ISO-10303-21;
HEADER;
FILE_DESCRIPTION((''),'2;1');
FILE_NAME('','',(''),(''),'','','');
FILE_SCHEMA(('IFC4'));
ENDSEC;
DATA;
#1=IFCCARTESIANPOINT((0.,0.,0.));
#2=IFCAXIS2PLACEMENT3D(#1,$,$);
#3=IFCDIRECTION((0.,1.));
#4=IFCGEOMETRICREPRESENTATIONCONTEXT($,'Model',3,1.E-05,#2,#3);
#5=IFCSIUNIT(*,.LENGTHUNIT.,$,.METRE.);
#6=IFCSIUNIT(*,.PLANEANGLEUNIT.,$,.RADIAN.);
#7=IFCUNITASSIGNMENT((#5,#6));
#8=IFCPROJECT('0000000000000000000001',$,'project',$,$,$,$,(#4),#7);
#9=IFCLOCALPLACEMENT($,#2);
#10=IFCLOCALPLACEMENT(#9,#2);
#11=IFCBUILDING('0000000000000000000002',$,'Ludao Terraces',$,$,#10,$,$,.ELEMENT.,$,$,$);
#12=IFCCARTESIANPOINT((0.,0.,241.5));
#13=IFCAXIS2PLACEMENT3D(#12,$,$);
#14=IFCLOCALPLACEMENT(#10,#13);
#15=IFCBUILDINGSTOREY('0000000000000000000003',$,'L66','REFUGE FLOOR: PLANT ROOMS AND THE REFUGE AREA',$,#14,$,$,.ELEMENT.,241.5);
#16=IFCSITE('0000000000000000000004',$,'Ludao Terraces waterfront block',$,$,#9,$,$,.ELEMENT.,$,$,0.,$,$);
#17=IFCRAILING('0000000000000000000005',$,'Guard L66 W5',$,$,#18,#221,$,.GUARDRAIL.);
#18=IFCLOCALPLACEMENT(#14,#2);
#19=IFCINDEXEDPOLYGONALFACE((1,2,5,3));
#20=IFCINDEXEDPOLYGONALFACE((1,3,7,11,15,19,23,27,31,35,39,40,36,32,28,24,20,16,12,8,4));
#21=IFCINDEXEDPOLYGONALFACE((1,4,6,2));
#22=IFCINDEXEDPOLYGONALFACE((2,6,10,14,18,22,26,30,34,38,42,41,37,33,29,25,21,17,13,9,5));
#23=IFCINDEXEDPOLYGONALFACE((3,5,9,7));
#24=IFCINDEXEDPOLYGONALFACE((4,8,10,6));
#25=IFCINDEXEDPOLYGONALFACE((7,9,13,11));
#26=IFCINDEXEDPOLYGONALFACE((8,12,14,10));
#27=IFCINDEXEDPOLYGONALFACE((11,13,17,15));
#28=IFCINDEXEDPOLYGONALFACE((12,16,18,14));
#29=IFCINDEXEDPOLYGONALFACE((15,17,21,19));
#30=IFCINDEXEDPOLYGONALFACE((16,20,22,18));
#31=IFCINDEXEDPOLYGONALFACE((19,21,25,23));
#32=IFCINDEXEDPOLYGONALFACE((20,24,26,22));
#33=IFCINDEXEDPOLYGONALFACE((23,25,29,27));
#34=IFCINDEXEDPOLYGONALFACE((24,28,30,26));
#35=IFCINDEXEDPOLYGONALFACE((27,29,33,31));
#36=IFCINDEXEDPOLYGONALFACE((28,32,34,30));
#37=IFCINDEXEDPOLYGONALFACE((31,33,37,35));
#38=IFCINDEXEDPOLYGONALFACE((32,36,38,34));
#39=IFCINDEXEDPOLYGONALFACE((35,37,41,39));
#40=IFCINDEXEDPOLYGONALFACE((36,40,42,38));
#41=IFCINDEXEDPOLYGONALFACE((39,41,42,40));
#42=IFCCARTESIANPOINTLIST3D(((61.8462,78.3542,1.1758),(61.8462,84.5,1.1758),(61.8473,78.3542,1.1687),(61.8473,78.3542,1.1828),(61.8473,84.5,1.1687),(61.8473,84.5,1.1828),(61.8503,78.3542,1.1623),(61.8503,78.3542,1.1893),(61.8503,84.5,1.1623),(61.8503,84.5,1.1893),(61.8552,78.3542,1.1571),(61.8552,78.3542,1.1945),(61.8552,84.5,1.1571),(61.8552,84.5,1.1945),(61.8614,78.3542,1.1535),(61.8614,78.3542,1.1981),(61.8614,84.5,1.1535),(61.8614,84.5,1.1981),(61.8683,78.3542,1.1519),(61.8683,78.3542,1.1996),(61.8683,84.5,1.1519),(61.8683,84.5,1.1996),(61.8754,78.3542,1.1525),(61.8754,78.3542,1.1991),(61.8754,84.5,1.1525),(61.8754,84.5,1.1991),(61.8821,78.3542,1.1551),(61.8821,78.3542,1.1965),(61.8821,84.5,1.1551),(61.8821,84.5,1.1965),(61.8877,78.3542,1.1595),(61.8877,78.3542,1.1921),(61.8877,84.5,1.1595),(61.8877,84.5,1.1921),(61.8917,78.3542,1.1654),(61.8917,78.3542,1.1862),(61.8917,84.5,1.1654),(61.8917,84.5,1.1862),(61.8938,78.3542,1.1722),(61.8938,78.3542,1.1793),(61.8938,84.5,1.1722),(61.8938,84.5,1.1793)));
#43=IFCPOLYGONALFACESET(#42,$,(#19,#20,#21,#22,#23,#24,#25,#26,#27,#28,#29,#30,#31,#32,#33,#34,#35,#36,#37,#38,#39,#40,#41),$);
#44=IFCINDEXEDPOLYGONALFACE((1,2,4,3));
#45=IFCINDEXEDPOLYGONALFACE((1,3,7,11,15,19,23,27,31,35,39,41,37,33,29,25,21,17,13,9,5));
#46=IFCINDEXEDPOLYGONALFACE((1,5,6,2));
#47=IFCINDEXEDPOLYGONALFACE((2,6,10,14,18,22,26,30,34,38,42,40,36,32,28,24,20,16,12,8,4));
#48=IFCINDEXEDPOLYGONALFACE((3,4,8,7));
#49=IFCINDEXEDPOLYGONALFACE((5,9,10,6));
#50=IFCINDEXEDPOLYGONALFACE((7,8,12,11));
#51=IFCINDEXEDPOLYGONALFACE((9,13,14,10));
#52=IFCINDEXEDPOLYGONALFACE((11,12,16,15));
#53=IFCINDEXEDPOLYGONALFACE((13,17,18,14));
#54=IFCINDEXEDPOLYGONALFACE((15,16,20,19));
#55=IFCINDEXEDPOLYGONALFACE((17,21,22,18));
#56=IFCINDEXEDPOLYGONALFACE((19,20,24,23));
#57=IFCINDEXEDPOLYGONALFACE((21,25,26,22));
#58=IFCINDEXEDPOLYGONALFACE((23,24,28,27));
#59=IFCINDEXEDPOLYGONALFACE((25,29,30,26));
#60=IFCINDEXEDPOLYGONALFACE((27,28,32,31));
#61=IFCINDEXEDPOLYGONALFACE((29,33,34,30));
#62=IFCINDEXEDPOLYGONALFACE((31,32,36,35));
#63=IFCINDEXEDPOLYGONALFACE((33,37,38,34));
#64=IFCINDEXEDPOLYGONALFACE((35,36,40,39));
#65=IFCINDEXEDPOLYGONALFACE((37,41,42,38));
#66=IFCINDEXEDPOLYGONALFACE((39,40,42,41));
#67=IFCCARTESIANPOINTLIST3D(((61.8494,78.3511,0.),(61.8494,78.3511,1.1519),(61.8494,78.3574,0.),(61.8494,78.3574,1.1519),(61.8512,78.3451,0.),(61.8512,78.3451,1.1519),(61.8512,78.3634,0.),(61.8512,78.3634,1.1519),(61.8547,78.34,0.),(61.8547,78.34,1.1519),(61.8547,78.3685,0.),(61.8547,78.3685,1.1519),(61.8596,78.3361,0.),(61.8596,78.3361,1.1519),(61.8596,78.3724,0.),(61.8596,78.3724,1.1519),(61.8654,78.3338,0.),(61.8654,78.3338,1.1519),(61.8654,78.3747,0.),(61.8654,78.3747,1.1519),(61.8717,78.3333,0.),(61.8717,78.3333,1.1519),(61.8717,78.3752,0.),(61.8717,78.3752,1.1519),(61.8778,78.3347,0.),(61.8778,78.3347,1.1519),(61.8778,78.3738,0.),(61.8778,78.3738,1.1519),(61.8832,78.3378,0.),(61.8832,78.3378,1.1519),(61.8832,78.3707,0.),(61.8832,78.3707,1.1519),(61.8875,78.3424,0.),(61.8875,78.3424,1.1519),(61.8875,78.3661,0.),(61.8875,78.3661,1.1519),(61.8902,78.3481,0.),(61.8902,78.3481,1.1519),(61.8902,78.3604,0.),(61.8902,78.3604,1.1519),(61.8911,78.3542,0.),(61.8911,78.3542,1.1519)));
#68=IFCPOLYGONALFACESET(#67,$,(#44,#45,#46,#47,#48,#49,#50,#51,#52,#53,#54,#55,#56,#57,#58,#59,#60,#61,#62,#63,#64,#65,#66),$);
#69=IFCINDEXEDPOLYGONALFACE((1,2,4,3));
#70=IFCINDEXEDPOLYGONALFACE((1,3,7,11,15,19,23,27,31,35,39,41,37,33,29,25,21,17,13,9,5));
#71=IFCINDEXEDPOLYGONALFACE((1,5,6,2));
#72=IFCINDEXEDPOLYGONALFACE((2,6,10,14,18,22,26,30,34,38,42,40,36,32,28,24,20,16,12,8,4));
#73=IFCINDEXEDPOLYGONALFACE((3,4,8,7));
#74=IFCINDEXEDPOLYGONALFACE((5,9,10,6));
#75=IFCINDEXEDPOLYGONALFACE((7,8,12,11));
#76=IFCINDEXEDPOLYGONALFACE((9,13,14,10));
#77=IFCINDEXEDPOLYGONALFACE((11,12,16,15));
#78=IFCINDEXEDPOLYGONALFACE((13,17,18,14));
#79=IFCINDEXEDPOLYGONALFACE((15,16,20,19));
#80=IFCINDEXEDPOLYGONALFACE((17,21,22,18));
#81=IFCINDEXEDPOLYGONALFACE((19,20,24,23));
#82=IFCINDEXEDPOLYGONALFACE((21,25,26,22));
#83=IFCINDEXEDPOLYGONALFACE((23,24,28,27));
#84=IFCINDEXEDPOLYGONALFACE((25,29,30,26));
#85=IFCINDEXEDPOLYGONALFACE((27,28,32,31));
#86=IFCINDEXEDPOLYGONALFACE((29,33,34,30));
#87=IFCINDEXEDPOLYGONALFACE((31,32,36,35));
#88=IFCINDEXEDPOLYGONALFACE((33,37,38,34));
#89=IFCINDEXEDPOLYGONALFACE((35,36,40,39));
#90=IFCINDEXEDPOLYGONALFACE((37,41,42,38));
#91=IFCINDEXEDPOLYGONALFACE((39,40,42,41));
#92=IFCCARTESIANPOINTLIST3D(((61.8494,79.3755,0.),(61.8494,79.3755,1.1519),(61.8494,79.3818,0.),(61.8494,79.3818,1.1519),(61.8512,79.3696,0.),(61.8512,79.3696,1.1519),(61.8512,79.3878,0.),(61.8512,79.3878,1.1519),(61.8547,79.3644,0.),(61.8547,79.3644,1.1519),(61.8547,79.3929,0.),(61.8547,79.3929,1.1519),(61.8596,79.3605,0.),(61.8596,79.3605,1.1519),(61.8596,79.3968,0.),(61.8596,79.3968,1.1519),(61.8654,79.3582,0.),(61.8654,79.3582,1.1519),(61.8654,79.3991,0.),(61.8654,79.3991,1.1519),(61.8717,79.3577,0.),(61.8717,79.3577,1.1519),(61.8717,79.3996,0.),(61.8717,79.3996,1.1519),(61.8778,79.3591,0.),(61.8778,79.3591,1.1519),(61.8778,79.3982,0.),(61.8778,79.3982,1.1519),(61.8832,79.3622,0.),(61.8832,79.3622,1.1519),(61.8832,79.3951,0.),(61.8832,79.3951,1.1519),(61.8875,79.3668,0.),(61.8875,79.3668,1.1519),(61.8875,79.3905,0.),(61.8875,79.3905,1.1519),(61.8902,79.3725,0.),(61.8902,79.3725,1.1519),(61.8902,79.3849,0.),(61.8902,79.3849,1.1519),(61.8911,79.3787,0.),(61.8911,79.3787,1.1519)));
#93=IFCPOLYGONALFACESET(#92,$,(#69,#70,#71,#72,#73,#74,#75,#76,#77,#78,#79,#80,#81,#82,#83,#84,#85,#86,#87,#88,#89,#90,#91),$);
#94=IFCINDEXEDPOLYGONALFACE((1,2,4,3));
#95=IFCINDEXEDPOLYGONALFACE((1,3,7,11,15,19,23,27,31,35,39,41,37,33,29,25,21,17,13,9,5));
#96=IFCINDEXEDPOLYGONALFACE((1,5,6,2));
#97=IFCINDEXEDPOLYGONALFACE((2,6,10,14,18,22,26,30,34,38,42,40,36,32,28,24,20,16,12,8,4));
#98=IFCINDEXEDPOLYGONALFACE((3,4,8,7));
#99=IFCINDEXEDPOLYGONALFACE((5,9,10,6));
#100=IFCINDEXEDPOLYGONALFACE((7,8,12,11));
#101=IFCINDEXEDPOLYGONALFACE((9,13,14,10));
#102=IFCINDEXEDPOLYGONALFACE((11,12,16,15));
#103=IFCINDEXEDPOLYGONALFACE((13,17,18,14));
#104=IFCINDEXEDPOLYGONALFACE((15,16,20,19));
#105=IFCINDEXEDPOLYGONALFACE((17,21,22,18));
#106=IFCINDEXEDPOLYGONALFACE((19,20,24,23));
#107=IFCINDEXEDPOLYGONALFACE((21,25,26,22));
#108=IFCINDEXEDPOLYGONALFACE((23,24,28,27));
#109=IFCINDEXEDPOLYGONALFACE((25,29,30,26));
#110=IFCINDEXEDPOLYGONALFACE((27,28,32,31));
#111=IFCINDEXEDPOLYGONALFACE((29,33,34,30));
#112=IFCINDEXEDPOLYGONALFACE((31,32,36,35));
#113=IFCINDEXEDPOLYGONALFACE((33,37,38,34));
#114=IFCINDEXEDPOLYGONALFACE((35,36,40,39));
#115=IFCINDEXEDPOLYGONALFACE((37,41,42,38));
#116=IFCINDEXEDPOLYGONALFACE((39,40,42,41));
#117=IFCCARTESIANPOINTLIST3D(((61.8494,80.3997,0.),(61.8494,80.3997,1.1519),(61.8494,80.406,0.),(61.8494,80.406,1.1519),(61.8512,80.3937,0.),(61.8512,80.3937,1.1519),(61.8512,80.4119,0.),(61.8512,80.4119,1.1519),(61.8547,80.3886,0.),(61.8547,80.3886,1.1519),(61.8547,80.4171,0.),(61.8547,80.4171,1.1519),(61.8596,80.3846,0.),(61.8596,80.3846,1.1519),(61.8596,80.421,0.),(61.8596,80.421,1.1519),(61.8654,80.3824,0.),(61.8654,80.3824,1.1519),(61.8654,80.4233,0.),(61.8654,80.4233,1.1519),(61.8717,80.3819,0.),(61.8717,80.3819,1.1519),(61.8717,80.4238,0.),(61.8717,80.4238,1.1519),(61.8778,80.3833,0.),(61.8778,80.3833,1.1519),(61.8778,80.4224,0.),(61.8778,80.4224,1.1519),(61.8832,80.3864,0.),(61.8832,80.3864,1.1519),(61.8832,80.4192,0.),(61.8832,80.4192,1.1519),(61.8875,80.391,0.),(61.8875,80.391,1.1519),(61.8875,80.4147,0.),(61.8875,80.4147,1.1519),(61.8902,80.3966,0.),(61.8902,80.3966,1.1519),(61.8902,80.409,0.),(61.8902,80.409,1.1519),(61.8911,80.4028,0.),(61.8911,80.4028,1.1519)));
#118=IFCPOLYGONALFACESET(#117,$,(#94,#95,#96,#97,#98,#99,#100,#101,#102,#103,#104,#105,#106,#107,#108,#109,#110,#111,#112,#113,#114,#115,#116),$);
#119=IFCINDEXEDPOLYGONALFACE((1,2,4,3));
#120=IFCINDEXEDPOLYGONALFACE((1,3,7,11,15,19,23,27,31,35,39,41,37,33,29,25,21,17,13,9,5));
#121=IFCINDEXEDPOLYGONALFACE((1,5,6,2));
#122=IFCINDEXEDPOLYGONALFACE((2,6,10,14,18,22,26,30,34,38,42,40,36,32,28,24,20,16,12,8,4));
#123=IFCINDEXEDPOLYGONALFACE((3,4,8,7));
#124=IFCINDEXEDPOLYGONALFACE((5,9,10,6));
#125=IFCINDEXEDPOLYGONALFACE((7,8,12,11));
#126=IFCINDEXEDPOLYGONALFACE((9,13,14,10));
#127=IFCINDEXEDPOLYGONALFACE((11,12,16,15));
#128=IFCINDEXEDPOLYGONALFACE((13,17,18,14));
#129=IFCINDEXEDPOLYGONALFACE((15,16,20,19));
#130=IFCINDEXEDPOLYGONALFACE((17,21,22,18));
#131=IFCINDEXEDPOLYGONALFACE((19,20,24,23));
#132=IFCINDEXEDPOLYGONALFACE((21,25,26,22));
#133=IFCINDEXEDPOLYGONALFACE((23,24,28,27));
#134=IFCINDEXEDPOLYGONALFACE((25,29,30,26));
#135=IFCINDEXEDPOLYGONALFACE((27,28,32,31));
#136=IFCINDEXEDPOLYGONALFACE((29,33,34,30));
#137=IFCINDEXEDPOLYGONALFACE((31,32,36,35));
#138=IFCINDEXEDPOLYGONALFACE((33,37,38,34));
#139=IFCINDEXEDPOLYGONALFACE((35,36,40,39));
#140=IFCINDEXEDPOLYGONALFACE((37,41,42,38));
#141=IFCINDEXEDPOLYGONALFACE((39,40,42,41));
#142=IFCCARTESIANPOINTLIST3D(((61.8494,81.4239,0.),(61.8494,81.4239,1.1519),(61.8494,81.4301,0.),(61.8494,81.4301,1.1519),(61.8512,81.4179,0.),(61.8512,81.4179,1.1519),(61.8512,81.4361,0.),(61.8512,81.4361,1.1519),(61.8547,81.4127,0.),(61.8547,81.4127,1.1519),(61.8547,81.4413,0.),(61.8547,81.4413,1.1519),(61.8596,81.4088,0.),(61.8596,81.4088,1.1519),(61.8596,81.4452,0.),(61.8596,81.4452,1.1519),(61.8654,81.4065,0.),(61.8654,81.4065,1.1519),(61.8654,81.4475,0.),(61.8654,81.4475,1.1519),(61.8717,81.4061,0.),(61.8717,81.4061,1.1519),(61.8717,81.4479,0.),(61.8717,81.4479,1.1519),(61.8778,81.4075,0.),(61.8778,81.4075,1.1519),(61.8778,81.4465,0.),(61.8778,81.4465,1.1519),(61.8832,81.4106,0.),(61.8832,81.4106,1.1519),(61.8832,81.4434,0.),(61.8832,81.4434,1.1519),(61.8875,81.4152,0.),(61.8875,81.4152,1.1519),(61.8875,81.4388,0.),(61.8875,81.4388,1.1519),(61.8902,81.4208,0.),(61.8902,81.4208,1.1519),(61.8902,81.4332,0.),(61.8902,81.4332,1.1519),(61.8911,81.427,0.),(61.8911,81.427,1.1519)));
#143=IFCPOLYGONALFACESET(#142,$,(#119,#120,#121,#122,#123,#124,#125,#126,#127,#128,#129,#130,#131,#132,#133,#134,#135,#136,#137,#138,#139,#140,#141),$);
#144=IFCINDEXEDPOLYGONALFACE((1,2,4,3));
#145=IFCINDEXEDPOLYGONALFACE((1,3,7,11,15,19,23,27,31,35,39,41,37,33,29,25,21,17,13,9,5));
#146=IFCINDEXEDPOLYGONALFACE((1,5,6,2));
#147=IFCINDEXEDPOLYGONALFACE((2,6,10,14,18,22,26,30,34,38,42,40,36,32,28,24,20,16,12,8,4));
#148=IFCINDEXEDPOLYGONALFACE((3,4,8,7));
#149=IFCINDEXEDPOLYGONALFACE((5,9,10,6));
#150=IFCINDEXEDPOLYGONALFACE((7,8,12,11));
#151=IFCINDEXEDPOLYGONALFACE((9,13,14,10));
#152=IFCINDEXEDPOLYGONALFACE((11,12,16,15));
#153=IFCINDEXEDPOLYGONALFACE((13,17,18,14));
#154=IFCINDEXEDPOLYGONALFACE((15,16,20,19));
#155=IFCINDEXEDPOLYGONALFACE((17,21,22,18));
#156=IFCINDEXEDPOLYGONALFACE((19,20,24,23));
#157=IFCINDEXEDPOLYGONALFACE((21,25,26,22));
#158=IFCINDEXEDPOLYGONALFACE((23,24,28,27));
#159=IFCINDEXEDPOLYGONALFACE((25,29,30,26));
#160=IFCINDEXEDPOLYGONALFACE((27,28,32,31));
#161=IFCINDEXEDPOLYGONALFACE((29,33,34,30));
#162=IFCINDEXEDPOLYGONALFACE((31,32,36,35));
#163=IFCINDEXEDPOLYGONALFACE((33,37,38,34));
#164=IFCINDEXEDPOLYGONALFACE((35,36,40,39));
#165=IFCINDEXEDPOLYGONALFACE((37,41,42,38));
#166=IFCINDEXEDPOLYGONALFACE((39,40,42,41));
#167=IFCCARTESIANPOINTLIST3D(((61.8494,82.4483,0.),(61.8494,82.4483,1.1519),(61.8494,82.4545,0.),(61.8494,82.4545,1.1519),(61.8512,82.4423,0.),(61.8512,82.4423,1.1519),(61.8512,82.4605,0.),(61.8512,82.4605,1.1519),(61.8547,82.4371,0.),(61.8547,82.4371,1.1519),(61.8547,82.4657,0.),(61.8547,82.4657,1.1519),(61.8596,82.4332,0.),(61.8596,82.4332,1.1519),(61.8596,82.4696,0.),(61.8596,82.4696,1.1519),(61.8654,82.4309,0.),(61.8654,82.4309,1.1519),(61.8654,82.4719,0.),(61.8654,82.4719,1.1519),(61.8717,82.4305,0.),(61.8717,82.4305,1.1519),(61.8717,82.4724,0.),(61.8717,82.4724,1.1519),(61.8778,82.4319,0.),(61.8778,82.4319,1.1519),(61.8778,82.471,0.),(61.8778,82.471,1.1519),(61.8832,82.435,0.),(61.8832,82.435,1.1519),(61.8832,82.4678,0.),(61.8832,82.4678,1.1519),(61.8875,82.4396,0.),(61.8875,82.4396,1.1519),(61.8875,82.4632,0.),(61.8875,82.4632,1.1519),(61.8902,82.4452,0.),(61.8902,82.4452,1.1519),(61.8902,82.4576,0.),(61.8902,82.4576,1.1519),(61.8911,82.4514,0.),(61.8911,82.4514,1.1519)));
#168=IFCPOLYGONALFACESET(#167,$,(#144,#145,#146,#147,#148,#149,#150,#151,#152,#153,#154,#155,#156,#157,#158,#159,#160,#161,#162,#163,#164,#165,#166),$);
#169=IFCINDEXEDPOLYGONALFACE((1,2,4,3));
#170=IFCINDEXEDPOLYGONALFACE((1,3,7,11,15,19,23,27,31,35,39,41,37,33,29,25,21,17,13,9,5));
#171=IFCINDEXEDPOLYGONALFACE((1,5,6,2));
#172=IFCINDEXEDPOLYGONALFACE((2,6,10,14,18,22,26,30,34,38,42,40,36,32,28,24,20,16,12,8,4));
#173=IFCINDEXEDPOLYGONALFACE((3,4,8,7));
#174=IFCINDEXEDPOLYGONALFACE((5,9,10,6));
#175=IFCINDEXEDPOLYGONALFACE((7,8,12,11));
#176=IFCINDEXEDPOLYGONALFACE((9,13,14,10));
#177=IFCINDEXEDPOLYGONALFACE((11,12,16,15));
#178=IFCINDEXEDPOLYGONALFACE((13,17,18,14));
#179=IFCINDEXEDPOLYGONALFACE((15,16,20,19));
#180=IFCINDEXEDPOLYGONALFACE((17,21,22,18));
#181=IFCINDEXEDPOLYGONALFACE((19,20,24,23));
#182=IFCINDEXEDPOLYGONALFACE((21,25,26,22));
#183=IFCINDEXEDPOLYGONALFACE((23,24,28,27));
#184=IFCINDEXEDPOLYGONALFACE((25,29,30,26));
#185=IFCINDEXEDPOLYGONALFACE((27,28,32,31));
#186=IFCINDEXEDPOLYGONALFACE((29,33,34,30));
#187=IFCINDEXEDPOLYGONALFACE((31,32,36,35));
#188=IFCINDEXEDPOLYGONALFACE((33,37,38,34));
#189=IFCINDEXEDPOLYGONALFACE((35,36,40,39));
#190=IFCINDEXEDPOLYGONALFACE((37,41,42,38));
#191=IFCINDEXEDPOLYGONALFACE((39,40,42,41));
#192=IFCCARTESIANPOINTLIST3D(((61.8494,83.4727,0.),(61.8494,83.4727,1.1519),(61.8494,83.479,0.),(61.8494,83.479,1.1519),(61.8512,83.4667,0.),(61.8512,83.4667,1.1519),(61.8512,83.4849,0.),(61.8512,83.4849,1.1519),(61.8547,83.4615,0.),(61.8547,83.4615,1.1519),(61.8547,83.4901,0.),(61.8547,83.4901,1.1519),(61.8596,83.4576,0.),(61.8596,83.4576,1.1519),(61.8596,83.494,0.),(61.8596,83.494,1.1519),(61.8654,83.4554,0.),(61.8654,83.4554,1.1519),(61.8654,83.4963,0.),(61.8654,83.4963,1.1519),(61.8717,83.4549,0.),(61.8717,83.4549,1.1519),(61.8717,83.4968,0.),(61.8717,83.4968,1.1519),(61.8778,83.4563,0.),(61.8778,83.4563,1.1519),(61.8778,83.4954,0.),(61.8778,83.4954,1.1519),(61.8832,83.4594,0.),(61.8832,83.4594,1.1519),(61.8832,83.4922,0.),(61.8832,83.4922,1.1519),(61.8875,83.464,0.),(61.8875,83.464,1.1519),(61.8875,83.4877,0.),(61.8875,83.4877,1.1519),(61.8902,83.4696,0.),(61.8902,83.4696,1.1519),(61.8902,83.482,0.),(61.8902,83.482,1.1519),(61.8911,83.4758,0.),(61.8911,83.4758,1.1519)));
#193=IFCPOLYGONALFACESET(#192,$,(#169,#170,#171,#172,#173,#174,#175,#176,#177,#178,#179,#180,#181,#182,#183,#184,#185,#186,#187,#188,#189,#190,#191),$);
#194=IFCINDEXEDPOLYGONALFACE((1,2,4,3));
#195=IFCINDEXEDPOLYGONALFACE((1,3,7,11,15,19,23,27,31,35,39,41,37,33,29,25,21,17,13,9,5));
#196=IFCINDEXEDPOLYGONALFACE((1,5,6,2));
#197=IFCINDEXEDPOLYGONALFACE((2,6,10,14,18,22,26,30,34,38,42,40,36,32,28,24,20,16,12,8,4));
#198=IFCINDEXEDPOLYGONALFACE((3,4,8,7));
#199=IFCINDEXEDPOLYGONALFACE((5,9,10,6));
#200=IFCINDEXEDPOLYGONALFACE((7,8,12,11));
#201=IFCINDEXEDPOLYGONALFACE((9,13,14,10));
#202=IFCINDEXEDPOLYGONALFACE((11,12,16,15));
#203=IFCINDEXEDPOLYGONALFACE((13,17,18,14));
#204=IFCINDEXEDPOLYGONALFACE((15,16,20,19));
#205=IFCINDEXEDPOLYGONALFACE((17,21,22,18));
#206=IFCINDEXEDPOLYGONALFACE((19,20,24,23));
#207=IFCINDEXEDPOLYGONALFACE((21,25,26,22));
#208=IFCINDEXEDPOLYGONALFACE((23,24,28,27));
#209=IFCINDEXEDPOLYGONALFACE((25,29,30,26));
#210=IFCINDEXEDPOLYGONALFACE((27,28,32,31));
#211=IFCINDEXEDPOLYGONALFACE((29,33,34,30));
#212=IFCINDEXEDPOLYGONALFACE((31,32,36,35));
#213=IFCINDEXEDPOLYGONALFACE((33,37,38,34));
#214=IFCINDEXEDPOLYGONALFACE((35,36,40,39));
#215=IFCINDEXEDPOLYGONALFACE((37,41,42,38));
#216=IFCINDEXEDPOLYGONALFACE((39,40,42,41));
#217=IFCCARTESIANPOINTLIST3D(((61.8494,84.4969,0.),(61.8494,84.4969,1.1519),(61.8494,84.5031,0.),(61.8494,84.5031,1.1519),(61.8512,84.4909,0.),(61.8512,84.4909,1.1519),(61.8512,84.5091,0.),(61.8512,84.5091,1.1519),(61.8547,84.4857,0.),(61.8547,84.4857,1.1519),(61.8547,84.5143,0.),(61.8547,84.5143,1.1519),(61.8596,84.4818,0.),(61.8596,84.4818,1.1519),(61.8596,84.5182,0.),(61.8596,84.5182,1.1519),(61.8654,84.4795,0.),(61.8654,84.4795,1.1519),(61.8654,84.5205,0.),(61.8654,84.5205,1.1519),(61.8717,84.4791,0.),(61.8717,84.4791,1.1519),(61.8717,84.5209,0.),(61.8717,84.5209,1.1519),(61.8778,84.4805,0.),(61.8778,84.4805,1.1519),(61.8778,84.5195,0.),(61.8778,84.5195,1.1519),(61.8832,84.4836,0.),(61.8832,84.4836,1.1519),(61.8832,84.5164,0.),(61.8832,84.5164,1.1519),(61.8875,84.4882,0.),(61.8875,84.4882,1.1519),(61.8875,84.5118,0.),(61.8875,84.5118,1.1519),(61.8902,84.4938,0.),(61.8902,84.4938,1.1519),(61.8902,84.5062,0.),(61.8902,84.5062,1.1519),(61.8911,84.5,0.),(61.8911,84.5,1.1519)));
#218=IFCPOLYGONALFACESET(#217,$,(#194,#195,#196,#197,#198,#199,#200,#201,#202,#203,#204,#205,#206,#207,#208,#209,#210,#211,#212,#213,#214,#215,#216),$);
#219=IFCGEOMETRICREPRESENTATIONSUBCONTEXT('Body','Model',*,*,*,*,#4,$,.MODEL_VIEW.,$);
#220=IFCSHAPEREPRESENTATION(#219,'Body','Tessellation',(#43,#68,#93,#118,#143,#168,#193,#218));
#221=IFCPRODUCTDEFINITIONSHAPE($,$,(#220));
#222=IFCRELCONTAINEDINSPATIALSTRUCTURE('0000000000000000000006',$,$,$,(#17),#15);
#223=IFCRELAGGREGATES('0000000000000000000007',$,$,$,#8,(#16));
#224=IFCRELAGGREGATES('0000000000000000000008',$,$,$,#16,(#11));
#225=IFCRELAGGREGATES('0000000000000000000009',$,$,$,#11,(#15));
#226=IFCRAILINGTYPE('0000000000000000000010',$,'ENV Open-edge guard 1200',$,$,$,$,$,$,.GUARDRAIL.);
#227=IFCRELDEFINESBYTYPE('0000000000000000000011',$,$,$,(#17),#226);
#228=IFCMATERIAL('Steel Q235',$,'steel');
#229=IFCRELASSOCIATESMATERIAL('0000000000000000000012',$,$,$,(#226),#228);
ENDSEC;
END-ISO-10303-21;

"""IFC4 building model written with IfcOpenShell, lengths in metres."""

from ifc_helpers import new_model, si_unit, direction, frame, origin, origin_2d, place, context, subcontext, project, spatial, circle, extrude, material, type_object, element, save


model = new_model("IFC4")

# Units and contexts
model_context = context("Model", 3, precision=1e-05, world=origin(), true_north=direction((0.0, 1.0)))
body_context = subcontext(model_context, "Body", "Model", "MODEL_VIEW")
ifc_project = project(units=[si_unit("LENGTHUNIT", "METRE"), si_unit("PLANEANGLEUNIT", "RADIAN")], contexts=[model_context])

# Site, building, storey
site_placement = place(None, origin())
site = spatial("IfcSite", under=ifc_project, at=site_placement, Name="Ludao Terraces waterfront block", CompositionType="ELEMENT", RefElevation=0.0)
building_placement = place(site_placement, origin())
building = spatial("IfcBuilding", under=site, at=building_placement, Name="Ludao Terraces", CompositionType="ELEMENT")
storey_placement = place(building_placement, frame((0.0, 0.0, 241.5)))
storey = spatial("IfcBuildingStorey", under=building, at=storey_placement, Name="L66", Description="REFUGE FLOOR: PLANT ROOMS AND THE REFUGE AREA", CompositionType="ELEMENT", Elevation=241.5)

# Shared definitions
ifc_material_1 = material(Name="Steel Q235", Category="steel")

# Railing
railing_type_1 = type_object("IfcRailingType", Name="ENV Open-edge guard 1200", PredefinedType="GUARDRAIL", material=ifc_material_1)
railing_1_placement = place(storey_placement, frame((61.8701, 78.3542, 0.0)))
element("IfcRailing", 1, at=railing_1_placement, inside=storey, type_object=railing_type_1, Name="Guard L66 W5", PredefinedType="GUARDRAIL", context=body_context, shape_type="SweptSolid", body=[
    extrude(circle(Radius=0.0239, at=origin_2d()), frame((0.0, 0.0, 1.1758), z_axis=(0.0, 1.0, 0.0), x_axis=(-1.0, 0.0, 0.0)), (0.0, 0.0, 1.0), 6.1458),
    extrude(circle(Radius=0.021, at=origin_2d()), origin(), (0.0, 0.0, 1.0), 1.1519),
    extrude(circle(Radius=0.021, at=origin_2d()), frame((0.0, 1.0244, 0.0)), (0.0, 0.0, 1.0), 1.1519),
    extrude(circle(Radius=0.021, at=origin_2d()), frame((0.0, 2.0486, 0.0)), (0.0, 0.0, 1.0), 1.1519),
    extrude(circle(Radius=0.021, at=origin_2d()), frame((0.0, 3.0728, 0.0)), (0.0, 0.0, 1.0), 1.1519),
    extrude(circle(Radius=0.021, at=origin_2d()), frame((0.0, 4.0972, 0.0)), (0.0, 0.0, 1.0), 1.1519),
    extrude(circle(Radius=0.021, at=origin_2d()), frame((0.0, 5.1216, 0.0)), (0.0, 0.0, 1.0), 1.1519),
    extrude(circle(Radius=0.021, at=origin_2d()), frame((0.0, 6.1458, 0.0)), (0.0, 0.0, 1.0), 1.1519),
])

save(model, "model.ifc")
